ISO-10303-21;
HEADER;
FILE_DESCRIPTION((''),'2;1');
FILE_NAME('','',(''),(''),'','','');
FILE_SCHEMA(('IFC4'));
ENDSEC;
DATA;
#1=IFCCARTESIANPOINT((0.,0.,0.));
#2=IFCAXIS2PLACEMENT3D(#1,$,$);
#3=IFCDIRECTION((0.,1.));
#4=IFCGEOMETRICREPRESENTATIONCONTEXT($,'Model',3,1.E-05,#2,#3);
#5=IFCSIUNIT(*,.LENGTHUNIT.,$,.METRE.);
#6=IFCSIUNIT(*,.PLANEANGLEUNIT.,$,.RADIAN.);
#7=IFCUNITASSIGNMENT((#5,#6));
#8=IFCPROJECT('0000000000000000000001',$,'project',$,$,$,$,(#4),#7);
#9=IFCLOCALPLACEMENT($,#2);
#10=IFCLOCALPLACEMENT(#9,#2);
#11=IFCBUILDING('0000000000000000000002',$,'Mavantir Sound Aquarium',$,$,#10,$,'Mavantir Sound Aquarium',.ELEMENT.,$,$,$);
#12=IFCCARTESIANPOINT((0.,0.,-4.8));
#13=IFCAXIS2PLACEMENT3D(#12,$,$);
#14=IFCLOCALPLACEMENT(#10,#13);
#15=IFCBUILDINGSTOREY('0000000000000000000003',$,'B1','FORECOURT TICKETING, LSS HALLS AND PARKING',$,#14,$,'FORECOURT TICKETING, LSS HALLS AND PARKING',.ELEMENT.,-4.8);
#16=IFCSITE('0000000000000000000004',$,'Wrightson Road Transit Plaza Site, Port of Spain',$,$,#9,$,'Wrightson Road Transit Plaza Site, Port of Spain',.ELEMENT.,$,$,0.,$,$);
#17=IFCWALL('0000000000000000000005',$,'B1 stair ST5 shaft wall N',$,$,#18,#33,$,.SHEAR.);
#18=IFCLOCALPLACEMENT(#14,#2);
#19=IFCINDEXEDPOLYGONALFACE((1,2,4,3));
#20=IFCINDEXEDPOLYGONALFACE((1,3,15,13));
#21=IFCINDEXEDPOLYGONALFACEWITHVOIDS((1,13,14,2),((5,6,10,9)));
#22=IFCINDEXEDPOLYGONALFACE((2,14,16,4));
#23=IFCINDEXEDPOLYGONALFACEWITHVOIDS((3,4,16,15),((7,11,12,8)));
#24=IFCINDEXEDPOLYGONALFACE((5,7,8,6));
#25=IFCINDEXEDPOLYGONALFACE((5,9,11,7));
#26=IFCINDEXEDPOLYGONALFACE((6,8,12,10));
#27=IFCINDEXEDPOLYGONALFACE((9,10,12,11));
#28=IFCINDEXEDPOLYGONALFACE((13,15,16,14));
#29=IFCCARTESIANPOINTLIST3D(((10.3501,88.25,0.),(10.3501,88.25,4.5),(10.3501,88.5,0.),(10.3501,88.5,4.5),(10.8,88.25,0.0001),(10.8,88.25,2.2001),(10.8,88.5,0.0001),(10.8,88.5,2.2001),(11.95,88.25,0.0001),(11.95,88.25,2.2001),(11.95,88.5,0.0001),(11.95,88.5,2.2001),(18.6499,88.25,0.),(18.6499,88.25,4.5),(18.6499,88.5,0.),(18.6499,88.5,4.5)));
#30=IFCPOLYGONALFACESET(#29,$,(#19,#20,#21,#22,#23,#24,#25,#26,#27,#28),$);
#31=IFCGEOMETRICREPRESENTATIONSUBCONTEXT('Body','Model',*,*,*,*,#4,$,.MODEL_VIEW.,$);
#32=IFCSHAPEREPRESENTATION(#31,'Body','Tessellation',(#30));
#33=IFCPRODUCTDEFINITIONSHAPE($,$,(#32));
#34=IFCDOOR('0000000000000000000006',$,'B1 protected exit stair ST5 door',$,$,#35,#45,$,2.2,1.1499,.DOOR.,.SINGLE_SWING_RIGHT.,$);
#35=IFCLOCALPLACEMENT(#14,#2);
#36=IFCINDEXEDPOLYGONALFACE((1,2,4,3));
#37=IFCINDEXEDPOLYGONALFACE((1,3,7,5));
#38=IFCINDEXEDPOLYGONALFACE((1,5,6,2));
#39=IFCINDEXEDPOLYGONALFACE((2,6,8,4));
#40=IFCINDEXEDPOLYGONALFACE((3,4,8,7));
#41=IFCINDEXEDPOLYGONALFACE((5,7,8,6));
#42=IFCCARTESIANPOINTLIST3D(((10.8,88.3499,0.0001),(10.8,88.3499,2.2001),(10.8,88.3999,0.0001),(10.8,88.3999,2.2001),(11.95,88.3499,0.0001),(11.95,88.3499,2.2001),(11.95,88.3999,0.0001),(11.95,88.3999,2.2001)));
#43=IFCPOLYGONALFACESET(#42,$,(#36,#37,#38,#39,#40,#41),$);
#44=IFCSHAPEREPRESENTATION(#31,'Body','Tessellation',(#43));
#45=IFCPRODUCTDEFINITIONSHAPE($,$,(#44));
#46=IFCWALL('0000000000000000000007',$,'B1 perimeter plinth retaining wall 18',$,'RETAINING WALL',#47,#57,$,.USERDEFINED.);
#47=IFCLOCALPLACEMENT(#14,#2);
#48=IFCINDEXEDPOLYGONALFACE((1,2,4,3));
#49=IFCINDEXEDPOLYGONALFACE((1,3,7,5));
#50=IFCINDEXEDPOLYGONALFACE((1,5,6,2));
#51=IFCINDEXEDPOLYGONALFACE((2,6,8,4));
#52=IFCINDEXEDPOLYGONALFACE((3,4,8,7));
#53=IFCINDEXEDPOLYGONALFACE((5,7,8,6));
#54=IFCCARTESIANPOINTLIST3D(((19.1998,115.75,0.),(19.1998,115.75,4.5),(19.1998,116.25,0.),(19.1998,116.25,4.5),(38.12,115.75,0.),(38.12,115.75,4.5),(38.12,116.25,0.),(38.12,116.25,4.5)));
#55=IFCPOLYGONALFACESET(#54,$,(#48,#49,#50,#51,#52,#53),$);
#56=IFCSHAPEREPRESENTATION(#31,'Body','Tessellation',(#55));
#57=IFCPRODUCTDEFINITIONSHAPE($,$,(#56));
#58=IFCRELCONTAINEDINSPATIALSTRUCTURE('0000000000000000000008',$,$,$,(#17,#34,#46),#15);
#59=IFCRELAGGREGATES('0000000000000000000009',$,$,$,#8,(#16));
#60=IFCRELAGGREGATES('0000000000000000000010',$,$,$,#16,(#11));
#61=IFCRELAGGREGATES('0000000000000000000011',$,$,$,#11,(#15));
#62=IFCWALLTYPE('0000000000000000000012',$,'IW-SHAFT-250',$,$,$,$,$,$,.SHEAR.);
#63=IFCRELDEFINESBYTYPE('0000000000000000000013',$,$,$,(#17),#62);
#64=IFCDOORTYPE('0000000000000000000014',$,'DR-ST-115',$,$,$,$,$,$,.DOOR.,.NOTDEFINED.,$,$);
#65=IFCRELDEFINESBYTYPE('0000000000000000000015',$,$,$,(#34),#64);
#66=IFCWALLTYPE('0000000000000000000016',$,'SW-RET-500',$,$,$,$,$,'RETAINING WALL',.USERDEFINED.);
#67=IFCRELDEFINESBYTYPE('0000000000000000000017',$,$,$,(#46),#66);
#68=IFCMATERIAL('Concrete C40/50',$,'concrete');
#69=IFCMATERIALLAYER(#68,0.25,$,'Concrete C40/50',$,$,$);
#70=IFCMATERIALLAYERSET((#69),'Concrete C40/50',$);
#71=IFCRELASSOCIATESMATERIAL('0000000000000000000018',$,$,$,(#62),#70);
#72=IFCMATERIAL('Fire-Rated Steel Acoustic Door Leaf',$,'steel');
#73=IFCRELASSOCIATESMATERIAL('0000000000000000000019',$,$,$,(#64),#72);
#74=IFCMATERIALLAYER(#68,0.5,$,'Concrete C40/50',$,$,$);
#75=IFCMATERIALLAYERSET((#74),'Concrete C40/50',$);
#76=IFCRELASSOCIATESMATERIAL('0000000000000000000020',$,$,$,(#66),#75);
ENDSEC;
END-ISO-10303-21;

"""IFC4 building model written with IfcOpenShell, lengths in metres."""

from ifc_helpers import new_model, si_unit, direction, frame, frame_2d, origin, place, context, subcontext, project, spatial, rectangle, extrude, material, layer, layer_set, type_object, element, fill, save


model = new_model("IFC4")

# Units and contexts
model_context = context("Model", 3, precision=1e-05, world=origin(), true_north=direction((0.0, 1.0)))
body_context = subcontext(model_context, "Body", "Model", "MODEL_VIEW")
ifc_project = project(units=[si_unit("LENGTHUNIT", "METRE"), si_unit("PLANEANGLEUNIT", "RADIAN")], contexts=[model_context])

# Site, building, storey
site_placement = place(None, origin())
site = spatial("IfcSite", under=ifc_project, at=site_placement, Name="Wrightson Road Transit Plaza Site, Port of Spain", LongName="Wrightson Road Transit Plaza Site, Port of Spain", CompositionType="ELEMENT", RefElevation=0.0)
building_placement = place(site_placement, origin())
building = spatial("IfcBuilding", under=site, at=building_placement, Name="Mavantir Sound Aquarium", LongName="Mavantir Sound Aquarium", CompositionType="ELEMENT")
storey_placement = place(building_placement, frame((0.0, 0.0, -4.8)))
storey = spatial("IfcBuildingStorey", under=building, at=storey_placement, Name="B1", Description="FORECOURT TICKETING, LSS HALLS AND PARKING", LongName="FORECOURT TICKETING, LSS HALLS AND PARKING", CompositionType="ELEMENT", Elevation=-4.8)

# Shared definitions
ifc_material_1 = material(Name="Concrete C40/50", Category="concrete")

# Wall, opening, door
ifc_layer_1 = layer(ifc_material_1, 0.25, Name="Concrete C40/50")
ifc_layer_set_1 = layer_set([ifc_layer_1], Name="Concrete C40/50")
wall_type_1 = type_object("IfcWallType", Name="IW-SHAFT-250", PredefinedType="SHEAR", material=ifc_layer_set_1)
wall_1_placement = place(storey_placement, frame((18.6499, 88.375, 0.0), z_axis=(0.0, 0.0, 1.0), x_axis=(-1.0, 0.0, 0.0)))
wall_1 = element("IfcWall", 1, at=wall_1_placement, inside=storey, type_object=wall_type_1, Name="B1 stair ST5 shaft wall N", PredefinedType="SHEAR", context=body_context, shape_type="SweptSolid", body=[
    extrude(rectangle(XDim=8.2998, YDim=0.25, at=frame_2d((4.1499, 0.0))), origin(), (0.0, 0.0, 1.0), 4.5),
])
opening_placement = place(wall_1_placement, frame((7.8499, 0.0, 0.0), z_axis=(0.0, 0.0, 1.0), x_axis=(-1.0, 0.0, 0.0)))
opening = element("IfcOpeningElement", 2, at=opening_placement, cuts=wall_1, PredefinedType="OPENING", context=body_context, shape_type="SweptSolid", body=[
    extrude(rectangle(XDim=1.1499, YDim=2.2, at=frame_2d((0.575, 1.1001))), frame((0.0, 0.135, 0.0), z_axis=(0.0, -1.0, 0.0), x_axis=(1.0, 0.0, 0.0)), (0.0, 0.0, 1.0), 0.27),
])
ifc_material_2 = material(Name="Fire-Rated Steel Acoustic Door Leaf", Category="steel")
door_type = type_object("IfcDoorType", Name="DR-ST-115", OperationType="NOTDEFINED", PredefinedType="DOOR", material=ifc_material_2)
door_placement = place(opening_placement, origin())
door = element("IfcDoor", 3, at=door_placement, inside=storey, type_object=door_type, Name="B1 protected exit stair ST5 door", OperationType="SINGLE_SWING_RIGHT", OverallHeight=2.2, OverallWidth=1.1499, PredefinedType="DOOR", context=body_context, shape_type="SweptSolid", body=[
    extrude(rectangle(XDim=1.1499, YDim=2.2, at=frame_2d((0.575, 1.1001))), frame((0.0, 0.0249, 0.0), z_axis=(0.0, -1.0, 0.0), x_axis=(1.0, 0.0, 0.0)), (0.0, 0.0, 1.0), 0.05),
])
fill(opening, door)

# Wall
ifc_layer_2 = layer(ifc_material_1, 0.5, Name="Concrete C40/50")
ifc_layer_set_2 = layer_set([ifc_layer_2], Name="Concrete C40/50")
wall_type_2 = type_object("IfcWallType", Name="SW-RET-500", ElementType="RETAINING WALL", PredefinedType="USERDEFINED", material=ifc_layer_set_2)
wall_2_placement = place(storey_placement, frame((19.2, 116.0, 0.0), z_axis=(0.0, 0.0, 1.0), x_axis=(1.0, 0.0, 0.0)))
element("IfcWall", 4, at=wall_2_placement, inside=storey, type_object=wall_type_2, Name="B1 perimeter plinth retaining wall 18", ObjectType="RETAINING WALL", PredefinedType="USERDEFINED", context=body_context, shape_type="SweptSolid", body=[
    extrude(rectangle(XDim=18.9202, YDim=0.5, at=frame_2d((9.46, 0.0))), origin(), (0.0, 0.0, 1.0), 4.5),
])

save(model, "model.ifc")
